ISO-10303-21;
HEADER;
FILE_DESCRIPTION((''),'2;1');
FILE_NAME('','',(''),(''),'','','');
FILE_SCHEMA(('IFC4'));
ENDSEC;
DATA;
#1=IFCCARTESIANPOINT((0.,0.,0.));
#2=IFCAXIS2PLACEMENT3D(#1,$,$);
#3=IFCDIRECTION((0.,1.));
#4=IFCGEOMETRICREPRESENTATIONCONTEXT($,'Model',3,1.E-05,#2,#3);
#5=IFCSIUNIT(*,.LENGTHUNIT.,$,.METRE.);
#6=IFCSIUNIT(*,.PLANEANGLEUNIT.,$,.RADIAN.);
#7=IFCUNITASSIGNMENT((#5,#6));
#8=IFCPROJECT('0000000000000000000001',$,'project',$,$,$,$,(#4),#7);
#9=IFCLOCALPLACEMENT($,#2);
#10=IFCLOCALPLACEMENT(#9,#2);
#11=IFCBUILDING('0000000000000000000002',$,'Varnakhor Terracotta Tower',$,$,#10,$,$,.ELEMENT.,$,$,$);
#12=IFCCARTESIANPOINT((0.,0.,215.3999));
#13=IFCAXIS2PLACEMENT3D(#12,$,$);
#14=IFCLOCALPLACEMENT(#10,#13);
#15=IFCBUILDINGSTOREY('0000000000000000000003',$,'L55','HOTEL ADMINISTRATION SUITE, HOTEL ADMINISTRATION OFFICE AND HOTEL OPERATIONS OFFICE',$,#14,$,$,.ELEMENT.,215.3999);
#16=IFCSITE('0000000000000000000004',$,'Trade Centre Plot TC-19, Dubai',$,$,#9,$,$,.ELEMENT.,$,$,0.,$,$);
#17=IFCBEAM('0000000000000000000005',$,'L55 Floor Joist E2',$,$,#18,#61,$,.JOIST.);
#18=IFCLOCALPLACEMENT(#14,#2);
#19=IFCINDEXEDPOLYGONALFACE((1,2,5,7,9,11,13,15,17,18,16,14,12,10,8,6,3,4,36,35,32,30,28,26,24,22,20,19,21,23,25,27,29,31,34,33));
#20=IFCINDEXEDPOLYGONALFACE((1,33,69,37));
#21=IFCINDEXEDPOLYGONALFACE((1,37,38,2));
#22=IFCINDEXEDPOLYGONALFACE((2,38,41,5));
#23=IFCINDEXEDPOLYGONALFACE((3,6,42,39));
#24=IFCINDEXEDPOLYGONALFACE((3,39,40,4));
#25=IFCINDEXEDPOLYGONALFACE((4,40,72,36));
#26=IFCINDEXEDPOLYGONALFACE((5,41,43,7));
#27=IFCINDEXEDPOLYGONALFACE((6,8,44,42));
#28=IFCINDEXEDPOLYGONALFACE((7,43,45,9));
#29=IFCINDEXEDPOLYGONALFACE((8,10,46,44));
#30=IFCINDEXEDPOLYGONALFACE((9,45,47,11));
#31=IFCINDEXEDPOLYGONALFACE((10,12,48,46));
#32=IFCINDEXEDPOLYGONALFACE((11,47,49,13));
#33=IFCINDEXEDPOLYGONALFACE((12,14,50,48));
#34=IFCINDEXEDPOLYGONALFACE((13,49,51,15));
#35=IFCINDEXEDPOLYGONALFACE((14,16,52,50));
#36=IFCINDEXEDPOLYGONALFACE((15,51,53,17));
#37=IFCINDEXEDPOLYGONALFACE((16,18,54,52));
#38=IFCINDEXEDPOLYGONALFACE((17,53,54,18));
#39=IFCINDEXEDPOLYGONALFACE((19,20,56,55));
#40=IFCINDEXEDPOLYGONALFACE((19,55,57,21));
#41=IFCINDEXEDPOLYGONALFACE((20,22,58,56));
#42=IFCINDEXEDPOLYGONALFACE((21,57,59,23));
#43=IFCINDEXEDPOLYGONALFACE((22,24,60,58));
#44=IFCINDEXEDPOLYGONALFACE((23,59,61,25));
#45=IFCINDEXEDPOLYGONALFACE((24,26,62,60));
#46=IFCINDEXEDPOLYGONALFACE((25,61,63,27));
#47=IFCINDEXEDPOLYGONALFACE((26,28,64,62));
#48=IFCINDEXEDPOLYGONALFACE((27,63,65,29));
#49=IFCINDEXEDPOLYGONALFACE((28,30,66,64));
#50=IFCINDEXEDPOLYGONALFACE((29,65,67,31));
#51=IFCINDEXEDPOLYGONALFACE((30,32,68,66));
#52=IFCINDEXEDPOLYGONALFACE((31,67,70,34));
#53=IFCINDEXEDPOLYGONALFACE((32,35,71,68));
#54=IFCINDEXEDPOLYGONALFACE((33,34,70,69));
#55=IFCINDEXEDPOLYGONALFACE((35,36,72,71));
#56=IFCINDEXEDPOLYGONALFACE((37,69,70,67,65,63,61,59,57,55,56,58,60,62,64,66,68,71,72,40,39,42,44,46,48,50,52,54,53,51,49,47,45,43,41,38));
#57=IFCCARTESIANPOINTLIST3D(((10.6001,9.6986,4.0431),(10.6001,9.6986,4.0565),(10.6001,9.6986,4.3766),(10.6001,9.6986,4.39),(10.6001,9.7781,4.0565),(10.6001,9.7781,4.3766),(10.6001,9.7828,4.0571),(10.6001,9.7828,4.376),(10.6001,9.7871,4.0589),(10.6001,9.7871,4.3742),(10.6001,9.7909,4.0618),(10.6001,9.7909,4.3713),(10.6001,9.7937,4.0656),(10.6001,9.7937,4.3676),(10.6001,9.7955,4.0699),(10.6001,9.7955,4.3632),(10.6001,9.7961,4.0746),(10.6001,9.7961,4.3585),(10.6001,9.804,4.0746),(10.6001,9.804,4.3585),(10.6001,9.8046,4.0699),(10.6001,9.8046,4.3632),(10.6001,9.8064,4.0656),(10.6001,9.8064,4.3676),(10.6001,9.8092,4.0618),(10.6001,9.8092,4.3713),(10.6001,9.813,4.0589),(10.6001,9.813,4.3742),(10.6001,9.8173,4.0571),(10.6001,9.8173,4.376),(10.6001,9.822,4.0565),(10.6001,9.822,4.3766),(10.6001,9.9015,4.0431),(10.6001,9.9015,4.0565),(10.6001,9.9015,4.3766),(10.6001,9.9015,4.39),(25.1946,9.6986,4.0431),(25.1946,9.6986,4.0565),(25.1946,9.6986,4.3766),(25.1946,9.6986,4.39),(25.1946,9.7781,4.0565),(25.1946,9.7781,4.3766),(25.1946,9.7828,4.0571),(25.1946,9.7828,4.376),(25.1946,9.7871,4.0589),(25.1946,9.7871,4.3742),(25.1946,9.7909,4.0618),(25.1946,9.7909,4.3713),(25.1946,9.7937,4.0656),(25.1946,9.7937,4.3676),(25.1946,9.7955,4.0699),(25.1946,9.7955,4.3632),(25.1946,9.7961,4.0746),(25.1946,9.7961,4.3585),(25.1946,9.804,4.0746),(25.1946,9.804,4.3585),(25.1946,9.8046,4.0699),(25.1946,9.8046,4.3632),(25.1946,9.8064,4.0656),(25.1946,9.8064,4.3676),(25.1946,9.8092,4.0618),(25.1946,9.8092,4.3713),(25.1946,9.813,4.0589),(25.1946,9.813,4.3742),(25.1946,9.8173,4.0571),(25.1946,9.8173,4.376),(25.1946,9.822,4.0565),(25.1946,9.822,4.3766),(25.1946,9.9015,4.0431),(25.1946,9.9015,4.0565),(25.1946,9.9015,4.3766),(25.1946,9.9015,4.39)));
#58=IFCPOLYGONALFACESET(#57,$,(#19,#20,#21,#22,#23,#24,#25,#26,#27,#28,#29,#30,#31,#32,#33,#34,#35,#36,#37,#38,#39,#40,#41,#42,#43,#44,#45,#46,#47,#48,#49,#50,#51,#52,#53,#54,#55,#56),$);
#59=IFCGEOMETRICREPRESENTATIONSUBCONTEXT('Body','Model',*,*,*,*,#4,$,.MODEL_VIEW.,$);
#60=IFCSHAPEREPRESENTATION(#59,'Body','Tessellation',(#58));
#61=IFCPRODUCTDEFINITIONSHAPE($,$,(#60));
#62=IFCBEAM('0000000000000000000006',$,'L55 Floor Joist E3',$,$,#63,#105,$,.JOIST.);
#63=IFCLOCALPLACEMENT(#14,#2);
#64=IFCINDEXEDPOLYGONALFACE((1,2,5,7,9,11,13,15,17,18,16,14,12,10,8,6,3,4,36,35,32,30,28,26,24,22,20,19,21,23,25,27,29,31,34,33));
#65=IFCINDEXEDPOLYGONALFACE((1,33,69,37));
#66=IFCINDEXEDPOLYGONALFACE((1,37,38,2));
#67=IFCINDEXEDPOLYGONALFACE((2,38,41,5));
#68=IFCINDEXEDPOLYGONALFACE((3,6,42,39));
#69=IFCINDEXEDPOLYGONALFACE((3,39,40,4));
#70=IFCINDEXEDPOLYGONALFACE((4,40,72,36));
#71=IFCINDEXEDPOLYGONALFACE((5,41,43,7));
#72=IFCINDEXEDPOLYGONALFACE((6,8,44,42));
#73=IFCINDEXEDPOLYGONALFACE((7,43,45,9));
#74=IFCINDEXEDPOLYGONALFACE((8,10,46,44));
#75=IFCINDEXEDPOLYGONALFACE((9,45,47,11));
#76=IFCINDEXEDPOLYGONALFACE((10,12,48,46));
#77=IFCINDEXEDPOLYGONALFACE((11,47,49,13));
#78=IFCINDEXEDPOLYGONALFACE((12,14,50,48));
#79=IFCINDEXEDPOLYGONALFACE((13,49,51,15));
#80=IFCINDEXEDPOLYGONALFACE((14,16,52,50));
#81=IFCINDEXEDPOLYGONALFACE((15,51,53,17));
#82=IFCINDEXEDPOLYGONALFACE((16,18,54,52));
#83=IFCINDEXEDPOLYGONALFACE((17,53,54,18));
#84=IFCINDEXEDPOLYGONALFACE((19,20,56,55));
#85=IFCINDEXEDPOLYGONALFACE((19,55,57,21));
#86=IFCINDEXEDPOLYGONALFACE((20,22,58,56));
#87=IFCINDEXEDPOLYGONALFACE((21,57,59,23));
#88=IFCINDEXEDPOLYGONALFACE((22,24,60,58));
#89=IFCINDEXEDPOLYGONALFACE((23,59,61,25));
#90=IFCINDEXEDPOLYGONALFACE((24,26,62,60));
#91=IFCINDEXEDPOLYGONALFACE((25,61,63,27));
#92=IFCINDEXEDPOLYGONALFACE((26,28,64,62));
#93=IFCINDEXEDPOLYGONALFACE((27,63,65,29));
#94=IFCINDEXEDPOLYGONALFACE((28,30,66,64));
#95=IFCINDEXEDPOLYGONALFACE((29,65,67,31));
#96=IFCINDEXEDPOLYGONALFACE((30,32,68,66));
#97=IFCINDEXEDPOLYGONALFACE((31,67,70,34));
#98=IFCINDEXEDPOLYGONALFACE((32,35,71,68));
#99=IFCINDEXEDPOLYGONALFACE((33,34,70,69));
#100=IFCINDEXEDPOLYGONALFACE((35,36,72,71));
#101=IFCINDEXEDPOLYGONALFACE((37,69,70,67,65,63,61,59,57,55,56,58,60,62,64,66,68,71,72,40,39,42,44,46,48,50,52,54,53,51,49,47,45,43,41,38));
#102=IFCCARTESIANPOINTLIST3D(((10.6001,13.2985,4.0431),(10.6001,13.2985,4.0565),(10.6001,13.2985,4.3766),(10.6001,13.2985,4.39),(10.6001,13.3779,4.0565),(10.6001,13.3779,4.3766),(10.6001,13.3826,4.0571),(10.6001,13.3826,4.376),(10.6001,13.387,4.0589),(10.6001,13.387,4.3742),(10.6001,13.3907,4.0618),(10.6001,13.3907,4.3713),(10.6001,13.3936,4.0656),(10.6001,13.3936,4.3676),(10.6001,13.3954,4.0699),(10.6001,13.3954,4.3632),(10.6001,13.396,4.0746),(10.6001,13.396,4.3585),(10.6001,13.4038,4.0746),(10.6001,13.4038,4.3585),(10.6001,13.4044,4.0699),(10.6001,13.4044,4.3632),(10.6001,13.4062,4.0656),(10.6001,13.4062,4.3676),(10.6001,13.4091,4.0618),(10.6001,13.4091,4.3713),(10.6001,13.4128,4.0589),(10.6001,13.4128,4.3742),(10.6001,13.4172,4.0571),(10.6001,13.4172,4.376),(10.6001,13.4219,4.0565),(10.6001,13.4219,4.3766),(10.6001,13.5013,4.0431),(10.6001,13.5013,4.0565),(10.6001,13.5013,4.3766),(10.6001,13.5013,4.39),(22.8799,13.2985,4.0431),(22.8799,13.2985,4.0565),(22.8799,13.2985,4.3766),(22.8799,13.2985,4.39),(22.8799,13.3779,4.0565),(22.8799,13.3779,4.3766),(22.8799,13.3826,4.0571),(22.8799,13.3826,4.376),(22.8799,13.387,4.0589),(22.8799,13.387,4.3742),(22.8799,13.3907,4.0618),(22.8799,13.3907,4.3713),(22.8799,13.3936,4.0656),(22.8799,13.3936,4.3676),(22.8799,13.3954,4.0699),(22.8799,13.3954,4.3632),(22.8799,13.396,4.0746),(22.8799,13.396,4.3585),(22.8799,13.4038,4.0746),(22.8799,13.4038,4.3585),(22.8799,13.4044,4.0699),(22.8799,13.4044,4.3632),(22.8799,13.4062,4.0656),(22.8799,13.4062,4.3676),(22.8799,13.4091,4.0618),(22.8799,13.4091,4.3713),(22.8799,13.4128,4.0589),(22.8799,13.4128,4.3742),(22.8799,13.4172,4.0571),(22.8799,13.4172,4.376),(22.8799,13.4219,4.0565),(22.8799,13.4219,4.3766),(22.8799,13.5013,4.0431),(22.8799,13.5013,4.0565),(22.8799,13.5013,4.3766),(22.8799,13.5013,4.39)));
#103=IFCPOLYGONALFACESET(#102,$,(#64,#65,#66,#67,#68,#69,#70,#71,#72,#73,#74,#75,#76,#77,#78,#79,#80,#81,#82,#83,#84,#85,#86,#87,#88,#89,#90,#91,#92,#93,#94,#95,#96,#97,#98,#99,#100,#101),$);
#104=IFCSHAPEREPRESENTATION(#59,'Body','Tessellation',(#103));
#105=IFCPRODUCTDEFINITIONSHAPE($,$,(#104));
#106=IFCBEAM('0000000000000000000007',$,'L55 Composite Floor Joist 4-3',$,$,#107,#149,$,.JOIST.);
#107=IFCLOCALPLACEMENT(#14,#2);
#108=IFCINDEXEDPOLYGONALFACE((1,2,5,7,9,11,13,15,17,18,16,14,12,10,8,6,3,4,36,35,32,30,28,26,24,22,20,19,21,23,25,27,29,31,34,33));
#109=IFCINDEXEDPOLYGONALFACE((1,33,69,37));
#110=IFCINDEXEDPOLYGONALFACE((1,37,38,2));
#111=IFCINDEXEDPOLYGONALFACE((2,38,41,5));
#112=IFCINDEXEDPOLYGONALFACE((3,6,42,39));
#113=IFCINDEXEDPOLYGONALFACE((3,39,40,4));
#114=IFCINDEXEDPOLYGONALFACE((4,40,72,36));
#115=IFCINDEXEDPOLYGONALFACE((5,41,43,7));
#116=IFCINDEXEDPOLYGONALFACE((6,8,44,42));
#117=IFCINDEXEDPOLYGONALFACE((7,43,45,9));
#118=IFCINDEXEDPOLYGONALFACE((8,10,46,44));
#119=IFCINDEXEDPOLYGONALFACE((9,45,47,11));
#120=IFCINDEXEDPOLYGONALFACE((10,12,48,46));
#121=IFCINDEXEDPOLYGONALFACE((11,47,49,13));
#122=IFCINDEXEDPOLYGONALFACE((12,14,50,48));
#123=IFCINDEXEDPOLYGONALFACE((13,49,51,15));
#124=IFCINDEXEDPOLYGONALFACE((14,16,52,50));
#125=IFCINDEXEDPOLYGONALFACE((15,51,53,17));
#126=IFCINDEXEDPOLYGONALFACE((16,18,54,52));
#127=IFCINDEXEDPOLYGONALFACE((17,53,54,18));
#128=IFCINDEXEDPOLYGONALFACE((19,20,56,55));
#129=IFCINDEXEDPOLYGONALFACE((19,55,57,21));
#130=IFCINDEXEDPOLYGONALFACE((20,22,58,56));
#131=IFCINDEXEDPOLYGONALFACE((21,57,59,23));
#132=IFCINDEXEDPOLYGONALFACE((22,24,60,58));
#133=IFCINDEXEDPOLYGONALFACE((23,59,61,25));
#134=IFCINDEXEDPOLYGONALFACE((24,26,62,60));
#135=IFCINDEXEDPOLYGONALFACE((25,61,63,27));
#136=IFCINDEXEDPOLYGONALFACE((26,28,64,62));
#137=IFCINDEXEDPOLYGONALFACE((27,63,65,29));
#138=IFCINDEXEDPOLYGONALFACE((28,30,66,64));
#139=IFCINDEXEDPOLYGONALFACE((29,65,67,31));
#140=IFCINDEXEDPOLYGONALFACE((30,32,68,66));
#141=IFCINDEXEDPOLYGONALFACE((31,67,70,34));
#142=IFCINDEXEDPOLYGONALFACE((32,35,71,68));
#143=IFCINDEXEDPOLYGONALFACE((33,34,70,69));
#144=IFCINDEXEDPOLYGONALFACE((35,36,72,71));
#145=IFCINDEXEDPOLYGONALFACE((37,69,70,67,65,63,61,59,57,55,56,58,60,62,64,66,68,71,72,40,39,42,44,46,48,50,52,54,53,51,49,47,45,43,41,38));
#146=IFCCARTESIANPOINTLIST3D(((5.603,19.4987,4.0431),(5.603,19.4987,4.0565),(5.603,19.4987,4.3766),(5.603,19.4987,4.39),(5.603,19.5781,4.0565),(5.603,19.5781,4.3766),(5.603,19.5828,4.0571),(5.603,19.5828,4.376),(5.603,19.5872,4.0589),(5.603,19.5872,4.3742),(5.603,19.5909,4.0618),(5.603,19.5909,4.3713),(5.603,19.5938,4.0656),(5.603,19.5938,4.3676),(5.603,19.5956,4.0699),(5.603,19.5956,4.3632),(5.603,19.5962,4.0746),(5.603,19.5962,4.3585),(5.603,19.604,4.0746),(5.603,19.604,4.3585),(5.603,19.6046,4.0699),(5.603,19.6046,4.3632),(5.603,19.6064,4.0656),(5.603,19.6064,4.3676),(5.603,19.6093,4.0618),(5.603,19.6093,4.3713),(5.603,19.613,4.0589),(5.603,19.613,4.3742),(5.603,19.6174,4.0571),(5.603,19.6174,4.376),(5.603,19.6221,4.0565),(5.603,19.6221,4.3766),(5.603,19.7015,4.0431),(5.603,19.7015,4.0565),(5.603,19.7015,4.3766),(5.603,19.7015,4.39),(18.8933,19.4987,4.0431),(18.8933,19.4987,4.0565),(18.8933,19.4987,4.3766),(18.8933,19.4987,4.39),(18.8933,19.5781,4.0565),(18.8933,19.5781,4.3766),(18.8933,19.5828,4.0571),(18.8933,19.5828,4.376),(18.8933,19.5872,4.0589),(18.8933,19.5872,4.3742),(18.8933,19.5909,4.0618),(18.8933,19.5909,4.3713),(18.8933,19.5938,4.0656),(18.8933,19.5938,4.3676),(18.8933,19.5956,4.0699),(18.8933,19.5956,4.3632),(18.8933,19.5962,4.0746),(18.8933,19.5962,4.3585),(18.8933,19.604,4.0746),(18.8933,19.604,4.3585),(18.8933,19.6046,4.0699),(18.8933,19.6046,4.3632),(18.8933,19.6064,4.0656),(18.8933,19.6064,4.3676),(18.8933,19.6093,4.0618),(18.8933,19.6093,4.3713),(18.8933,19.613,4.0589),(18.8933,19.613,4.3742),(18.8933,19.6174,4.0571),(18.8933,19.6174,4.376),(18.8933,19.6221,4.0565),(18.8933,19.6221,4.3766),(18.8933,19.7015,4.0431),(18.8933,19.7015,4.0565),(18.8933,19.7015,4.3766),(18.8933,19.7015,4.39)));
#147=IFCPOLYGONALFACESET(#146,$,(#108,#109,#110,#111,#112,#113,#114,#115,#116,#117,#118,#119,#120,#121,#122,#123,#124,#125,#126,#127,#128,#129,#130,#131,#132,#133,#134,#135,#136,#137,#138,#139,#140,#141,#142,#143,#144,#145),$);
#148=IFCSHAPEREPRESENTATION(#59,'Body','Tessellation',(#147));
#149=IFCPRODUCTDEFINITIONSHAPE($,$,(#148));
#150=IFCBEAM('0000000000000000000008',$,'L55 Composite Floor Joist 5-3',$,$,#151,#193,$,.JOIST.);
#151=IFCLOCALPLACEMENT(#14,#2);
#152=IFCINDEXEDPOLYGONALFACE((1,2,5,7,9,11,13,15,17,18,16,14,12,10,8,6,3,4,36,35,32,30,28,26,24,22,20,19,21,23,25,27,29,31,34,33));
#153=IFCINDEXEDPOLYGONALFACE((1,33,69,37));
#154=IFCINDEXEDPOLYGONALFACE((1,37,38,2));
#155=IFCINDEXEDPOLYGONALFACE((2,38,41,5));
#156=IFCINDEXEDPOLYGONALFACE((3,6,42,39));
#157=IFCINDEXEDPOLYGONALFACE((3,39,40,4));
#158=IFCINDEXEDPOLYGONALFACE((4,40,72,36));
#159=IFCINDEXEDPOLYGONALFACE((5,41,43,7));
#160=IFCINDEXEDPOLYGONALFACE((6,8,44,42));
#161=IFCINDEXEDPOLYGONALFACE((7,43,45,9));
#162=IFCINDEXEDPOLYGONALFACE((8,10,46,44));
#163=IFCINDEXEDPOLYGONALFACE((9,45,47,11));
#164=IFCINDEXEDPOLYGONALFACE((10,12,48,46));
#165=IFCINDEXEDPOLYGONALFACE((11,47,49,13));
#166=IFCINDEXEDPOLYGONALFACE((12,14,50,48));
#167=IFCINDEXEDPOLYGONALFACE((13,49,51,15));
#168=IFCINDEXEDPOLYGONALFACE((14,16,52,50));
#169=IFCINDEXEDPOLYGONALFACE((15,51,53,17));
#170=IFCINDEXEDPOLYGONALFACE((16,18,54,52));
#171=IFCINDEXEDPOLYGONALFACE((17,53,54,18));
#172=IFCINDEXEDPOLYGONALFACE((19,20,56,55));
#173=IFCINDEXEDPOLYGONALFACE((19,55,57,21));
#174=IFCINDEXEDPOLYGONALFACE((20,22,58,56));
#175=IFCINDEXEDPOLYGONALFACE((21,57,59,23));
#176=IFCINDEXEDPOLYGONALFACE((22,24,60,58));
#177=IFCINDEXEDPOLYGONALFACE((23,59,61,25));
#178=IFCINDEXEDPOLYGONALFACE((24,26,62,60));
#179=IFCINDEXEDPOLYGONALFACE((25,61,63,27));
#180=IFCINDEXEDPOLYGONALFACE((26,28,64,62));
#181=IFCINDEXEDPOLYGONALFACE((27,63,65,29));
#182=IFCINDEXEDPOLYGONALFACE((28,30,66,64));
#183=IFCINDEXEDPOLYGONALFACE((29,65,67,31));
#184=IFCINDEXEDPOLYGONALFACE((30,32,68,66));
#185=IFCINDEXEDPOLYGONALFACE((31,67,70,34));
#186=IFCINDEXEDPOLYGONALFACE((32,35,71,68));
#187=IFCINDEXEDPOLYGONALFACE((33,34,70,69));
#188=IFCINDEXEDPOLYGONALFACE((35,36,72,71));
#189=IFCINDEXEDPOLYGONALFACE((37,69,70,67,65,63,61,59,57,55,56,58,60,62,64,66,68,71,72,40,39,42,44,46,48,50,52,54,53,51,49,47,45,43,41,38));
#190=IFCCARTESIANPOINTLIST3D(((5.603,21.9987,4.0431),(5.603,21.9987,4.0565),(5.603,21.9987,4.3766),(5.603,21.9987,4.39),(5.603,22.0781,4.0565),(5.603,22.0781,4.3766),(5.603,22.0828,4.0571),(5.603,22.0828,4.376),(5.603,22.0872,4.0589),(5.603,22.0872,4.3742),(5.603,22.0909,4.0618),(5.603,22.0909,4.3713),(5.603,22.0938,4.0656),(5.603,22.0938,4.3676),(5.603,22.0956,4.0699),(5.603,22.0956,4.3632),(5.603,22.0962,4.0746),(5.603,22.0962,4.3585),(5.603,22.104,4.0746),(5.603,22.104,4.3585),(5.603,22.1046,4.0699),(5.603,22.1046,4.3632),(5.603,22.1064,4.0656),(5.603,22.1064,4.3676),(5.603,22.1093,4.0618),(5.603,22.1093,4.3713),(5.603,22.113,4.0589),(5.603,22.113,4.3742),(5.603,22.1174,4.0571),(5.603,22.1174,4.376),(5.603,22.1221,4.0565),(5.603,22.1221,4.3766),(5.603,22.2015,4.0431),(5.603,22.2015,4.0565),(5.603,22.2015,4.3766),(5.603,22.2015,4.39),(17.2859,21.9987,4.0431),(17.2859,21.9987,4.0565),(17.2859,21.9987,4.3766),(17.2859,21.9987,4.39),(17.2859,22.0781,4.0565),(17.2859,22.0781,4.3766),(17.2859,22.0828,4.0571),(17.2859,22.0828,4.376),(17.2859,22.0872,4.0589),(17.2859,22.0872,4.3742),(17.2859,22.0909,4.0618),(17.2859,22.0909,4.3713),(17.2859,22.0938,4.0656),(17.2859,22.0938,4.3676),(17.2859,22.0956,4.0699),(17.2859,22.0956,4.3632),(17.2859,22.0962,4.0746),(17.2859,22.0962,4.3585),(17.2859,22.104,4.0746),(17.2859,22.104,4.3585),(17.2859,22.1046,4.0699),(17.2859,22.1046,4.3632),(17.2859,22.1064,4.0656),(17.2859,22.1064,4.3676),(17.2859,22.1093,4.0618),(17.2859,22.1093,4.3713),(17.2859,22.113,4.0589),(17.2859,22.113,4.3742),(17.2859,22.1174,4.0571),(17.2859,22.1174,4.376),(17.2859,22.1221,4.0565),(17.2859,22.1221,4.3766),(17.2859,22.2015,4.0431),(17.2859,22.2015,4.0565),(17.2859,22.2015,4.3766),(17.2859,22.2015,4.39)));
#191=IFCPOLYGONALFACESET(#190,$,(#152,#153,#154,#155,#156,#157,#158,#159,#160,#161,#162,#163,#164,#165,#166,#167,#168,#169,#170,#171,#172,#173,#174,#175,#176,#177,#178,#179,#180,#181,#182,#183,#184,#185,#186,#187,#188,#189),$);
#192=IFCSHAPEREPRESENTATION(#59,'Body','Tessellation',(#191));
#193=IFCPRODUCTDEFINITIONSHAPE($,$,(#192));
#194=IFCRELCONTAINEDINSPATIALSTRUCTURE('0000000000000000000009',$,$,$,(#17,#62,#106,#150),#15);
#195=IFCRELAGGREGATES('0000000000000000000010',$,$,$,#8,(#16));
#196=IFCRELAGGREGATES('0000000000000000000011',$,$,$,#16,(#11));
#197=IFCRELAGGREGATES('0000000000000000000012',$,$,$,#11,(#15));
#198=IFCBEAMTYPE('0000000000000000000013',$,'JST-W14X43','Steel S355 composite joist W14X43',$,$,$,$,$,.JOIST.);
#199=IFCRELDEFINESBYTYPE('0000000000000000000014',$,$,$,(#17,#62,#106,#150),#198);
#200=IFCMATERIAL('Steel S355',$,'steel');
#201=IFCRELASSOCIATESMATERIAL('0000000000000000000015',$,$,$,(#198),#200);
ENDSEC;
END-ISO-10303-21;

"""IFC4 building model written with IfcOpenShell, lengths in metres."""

from ifc_helpers import new_model, si_unit, direction, frame, origin, origin_2d, place, context, subcontext, project, spatial, i_section, extrude, source, transform, mapped, material, material_profile, profile_set, type_object, element, save


model = new_model("IFC4")

# Units and contexts
model_context = context("Model", 3, precision=1e-05, world=origin(), true_north=direction((0.0, 1.0)))
body_context = subcontext(model_context, "Body", "Model", "MODEL_VIEW")
ifc_project = project(units=[si_unit("LENGTHUNIT", "METRE"), si_unit("PLANEANGLEUNIT", "RADIAN")], contexts=[model_context])

# Site, building, storey
site_placement = place(None, origin())
site = spatial("IfcSite", under=ifc_project, at=site_placement, Name="Trade Centre Plot TC-19, Dubai", CompositionType="ELEMENT", RefElevation=0.0)
building_placement = place(site_placement, origin())
building = spatial("IfcBuilding", under=site, at=building_placement, Name="Varnakhor Terracotta Tower", CompositionType="ELEMENT")
storey_placement = place(building_placement, frame((0.0, 0.0, 215.3999)))
storey = spatial("IfcBuildingStorey", under=building, at=storey_placement, Name="L55", Description="HOTEL ADMINISTRATION SUITE, HOTEL ADMINISTRATION OFFICE AND HOTEL OPERATIONS OFFICE", CompositionType="ELEMENT", Elevation=215.3999)

# Beams
ifc_material_1 = material(Name="Steel S355", Category="steel")
ifc_material_profile_1 = material_profile(ifc_material_1, i_section(OverallWidth=0.2029, OverallDepth=0.3469, WebThickness=0.0078, FlangeThickness=0.0134, FilletRadius=0.0181, at=origin_2d()), Name="W14X43")
ifc_profile_set_1 = profile_set([ifc_material_profile_1], Name="Steel S355")
beam_type_1 = type_object("IfcBeamType", Name="JST-W14X43", Description="Steel S355 composite joist W14X43", PredefinedType="JOIST", material=ifc_profile_set_1)
shared_shape_1 = source(origin(), body_context, "Body", "SweptSolid", [
    extrude(i_section(OverallWidth=0.2029, OverallDepth=0.3469, WebThickness=0.0078, FlangeThickness=0.0134, FilletRadius=0.0181, at=origin_2d()), origin(), (0.0, 0.0, 1.0), 14.5945),
])
beam_1_placement = place(storey_placement, frame((10.6001, 9.8, 4.2166), z_axis=(1.0, 0.0, 0.0), x_axis=(0.0, 1.0, 0.0)))
element("IfcBeam", 1, at=beam_1_placement, inside=storey, type_object=beam_type_1, Name="L55 Floor Joist E2", PredefinedType="JOIST", context=body_context, shape_type="MappedRepresentation", body=[
    mapped(shared_shape_1, transform((0.0, 0.0, 0.0), scale=1.0)),
])
shared_shape_2 = source(origin(), body_context, "Body", "SweptSolid", [
    extrude(i_section(OverallWidth=0.2029, OverallDepth=0.3469, WebThickness=0.0078, FlangeThickness=0.0134, FilletRadius=0.0181, at=origin_2d()), origin(), (0.0, 0.0, 1.0), 12.2798),
])
beam_2_placement = place(storey_placement, frame((10.6001, 13.3999, 4.2166), z_axis=(1.0, 0.0, 0.0), x_axis=(0.0, 1.0, 0.0)))
element("IfcBeam", 2, at=beam_2_placement, inside=storey, type_object=beam_type_1, Name="L55 Floor Joist E3", PredefinedType="JOIST", context=body_context, shape_type="MappedRepresentation", body=[
    mapped(shared_shape_2, transform((0.0, 0.0, 0.0), scale=1.0)),
])
shared_shape_3 = source(origin(), body_context, "Body", "SweptSolid", [
    extrude(i_section(OverallWidth=0.2029, OverallDepth=0.3469, WebThickness=0.0078, FlangeThickness=0.0134, FilletRadius=0.0181, at=origin_2d()), origin(), (0.0, 0.0, 1.0), 13.2903),
])
beam_3_placement = place(storey_placement, frame((5.603, 19.6001, 4.2166), z_axis=(1.0, 0.0, 0.0), x_axis=(0.0, 1.0, 0.0)))
element("IfcBeam", 3, at=beam_3_placement, inside=storey, type_object=beam_type_1, Name="L55 Composite Floor Joist 4-3", PredefinedType="JOIST", context=body_context, shape_type="MappedRepresentation", body=[
    mapped(shared_shape_3, transform((0.0, 0.0, 0.0), scale=1.0)),
])
shared_shape_4 = source(origin(), body_context, "Body", "SweptSolid", [
    extrude(i_section(OverallWidth=0.2029, OverallDepth=0.3469, WebThickness=0.0078, FlangeThickness=0.0134, FilletRadius=0.0181, at=origin_2d()), origin(), (0.0, 0.0, 1.0), 11.6829),
])
beam_4_placement = place(storey_placement, frame((5.603, 22.1001, 4.2166), z_axis=(1.0, 0.0, 0.0), x_axis=(0.0, 1.0, 0.0)))
element("IfcBeam", 4, at=beam_4_placement, inside=storey, type_object=beam_type_1, Name="L55 Composite Floor Joist 5-3", PredefinedType="JOIST", context=body_context, shape_type="MappedRepresentation", body=[
    mapped(shared_shape_4, transform((0.0, 0.0, 0.0), scale=1.0)),
])

save(model, "model.ifc")
